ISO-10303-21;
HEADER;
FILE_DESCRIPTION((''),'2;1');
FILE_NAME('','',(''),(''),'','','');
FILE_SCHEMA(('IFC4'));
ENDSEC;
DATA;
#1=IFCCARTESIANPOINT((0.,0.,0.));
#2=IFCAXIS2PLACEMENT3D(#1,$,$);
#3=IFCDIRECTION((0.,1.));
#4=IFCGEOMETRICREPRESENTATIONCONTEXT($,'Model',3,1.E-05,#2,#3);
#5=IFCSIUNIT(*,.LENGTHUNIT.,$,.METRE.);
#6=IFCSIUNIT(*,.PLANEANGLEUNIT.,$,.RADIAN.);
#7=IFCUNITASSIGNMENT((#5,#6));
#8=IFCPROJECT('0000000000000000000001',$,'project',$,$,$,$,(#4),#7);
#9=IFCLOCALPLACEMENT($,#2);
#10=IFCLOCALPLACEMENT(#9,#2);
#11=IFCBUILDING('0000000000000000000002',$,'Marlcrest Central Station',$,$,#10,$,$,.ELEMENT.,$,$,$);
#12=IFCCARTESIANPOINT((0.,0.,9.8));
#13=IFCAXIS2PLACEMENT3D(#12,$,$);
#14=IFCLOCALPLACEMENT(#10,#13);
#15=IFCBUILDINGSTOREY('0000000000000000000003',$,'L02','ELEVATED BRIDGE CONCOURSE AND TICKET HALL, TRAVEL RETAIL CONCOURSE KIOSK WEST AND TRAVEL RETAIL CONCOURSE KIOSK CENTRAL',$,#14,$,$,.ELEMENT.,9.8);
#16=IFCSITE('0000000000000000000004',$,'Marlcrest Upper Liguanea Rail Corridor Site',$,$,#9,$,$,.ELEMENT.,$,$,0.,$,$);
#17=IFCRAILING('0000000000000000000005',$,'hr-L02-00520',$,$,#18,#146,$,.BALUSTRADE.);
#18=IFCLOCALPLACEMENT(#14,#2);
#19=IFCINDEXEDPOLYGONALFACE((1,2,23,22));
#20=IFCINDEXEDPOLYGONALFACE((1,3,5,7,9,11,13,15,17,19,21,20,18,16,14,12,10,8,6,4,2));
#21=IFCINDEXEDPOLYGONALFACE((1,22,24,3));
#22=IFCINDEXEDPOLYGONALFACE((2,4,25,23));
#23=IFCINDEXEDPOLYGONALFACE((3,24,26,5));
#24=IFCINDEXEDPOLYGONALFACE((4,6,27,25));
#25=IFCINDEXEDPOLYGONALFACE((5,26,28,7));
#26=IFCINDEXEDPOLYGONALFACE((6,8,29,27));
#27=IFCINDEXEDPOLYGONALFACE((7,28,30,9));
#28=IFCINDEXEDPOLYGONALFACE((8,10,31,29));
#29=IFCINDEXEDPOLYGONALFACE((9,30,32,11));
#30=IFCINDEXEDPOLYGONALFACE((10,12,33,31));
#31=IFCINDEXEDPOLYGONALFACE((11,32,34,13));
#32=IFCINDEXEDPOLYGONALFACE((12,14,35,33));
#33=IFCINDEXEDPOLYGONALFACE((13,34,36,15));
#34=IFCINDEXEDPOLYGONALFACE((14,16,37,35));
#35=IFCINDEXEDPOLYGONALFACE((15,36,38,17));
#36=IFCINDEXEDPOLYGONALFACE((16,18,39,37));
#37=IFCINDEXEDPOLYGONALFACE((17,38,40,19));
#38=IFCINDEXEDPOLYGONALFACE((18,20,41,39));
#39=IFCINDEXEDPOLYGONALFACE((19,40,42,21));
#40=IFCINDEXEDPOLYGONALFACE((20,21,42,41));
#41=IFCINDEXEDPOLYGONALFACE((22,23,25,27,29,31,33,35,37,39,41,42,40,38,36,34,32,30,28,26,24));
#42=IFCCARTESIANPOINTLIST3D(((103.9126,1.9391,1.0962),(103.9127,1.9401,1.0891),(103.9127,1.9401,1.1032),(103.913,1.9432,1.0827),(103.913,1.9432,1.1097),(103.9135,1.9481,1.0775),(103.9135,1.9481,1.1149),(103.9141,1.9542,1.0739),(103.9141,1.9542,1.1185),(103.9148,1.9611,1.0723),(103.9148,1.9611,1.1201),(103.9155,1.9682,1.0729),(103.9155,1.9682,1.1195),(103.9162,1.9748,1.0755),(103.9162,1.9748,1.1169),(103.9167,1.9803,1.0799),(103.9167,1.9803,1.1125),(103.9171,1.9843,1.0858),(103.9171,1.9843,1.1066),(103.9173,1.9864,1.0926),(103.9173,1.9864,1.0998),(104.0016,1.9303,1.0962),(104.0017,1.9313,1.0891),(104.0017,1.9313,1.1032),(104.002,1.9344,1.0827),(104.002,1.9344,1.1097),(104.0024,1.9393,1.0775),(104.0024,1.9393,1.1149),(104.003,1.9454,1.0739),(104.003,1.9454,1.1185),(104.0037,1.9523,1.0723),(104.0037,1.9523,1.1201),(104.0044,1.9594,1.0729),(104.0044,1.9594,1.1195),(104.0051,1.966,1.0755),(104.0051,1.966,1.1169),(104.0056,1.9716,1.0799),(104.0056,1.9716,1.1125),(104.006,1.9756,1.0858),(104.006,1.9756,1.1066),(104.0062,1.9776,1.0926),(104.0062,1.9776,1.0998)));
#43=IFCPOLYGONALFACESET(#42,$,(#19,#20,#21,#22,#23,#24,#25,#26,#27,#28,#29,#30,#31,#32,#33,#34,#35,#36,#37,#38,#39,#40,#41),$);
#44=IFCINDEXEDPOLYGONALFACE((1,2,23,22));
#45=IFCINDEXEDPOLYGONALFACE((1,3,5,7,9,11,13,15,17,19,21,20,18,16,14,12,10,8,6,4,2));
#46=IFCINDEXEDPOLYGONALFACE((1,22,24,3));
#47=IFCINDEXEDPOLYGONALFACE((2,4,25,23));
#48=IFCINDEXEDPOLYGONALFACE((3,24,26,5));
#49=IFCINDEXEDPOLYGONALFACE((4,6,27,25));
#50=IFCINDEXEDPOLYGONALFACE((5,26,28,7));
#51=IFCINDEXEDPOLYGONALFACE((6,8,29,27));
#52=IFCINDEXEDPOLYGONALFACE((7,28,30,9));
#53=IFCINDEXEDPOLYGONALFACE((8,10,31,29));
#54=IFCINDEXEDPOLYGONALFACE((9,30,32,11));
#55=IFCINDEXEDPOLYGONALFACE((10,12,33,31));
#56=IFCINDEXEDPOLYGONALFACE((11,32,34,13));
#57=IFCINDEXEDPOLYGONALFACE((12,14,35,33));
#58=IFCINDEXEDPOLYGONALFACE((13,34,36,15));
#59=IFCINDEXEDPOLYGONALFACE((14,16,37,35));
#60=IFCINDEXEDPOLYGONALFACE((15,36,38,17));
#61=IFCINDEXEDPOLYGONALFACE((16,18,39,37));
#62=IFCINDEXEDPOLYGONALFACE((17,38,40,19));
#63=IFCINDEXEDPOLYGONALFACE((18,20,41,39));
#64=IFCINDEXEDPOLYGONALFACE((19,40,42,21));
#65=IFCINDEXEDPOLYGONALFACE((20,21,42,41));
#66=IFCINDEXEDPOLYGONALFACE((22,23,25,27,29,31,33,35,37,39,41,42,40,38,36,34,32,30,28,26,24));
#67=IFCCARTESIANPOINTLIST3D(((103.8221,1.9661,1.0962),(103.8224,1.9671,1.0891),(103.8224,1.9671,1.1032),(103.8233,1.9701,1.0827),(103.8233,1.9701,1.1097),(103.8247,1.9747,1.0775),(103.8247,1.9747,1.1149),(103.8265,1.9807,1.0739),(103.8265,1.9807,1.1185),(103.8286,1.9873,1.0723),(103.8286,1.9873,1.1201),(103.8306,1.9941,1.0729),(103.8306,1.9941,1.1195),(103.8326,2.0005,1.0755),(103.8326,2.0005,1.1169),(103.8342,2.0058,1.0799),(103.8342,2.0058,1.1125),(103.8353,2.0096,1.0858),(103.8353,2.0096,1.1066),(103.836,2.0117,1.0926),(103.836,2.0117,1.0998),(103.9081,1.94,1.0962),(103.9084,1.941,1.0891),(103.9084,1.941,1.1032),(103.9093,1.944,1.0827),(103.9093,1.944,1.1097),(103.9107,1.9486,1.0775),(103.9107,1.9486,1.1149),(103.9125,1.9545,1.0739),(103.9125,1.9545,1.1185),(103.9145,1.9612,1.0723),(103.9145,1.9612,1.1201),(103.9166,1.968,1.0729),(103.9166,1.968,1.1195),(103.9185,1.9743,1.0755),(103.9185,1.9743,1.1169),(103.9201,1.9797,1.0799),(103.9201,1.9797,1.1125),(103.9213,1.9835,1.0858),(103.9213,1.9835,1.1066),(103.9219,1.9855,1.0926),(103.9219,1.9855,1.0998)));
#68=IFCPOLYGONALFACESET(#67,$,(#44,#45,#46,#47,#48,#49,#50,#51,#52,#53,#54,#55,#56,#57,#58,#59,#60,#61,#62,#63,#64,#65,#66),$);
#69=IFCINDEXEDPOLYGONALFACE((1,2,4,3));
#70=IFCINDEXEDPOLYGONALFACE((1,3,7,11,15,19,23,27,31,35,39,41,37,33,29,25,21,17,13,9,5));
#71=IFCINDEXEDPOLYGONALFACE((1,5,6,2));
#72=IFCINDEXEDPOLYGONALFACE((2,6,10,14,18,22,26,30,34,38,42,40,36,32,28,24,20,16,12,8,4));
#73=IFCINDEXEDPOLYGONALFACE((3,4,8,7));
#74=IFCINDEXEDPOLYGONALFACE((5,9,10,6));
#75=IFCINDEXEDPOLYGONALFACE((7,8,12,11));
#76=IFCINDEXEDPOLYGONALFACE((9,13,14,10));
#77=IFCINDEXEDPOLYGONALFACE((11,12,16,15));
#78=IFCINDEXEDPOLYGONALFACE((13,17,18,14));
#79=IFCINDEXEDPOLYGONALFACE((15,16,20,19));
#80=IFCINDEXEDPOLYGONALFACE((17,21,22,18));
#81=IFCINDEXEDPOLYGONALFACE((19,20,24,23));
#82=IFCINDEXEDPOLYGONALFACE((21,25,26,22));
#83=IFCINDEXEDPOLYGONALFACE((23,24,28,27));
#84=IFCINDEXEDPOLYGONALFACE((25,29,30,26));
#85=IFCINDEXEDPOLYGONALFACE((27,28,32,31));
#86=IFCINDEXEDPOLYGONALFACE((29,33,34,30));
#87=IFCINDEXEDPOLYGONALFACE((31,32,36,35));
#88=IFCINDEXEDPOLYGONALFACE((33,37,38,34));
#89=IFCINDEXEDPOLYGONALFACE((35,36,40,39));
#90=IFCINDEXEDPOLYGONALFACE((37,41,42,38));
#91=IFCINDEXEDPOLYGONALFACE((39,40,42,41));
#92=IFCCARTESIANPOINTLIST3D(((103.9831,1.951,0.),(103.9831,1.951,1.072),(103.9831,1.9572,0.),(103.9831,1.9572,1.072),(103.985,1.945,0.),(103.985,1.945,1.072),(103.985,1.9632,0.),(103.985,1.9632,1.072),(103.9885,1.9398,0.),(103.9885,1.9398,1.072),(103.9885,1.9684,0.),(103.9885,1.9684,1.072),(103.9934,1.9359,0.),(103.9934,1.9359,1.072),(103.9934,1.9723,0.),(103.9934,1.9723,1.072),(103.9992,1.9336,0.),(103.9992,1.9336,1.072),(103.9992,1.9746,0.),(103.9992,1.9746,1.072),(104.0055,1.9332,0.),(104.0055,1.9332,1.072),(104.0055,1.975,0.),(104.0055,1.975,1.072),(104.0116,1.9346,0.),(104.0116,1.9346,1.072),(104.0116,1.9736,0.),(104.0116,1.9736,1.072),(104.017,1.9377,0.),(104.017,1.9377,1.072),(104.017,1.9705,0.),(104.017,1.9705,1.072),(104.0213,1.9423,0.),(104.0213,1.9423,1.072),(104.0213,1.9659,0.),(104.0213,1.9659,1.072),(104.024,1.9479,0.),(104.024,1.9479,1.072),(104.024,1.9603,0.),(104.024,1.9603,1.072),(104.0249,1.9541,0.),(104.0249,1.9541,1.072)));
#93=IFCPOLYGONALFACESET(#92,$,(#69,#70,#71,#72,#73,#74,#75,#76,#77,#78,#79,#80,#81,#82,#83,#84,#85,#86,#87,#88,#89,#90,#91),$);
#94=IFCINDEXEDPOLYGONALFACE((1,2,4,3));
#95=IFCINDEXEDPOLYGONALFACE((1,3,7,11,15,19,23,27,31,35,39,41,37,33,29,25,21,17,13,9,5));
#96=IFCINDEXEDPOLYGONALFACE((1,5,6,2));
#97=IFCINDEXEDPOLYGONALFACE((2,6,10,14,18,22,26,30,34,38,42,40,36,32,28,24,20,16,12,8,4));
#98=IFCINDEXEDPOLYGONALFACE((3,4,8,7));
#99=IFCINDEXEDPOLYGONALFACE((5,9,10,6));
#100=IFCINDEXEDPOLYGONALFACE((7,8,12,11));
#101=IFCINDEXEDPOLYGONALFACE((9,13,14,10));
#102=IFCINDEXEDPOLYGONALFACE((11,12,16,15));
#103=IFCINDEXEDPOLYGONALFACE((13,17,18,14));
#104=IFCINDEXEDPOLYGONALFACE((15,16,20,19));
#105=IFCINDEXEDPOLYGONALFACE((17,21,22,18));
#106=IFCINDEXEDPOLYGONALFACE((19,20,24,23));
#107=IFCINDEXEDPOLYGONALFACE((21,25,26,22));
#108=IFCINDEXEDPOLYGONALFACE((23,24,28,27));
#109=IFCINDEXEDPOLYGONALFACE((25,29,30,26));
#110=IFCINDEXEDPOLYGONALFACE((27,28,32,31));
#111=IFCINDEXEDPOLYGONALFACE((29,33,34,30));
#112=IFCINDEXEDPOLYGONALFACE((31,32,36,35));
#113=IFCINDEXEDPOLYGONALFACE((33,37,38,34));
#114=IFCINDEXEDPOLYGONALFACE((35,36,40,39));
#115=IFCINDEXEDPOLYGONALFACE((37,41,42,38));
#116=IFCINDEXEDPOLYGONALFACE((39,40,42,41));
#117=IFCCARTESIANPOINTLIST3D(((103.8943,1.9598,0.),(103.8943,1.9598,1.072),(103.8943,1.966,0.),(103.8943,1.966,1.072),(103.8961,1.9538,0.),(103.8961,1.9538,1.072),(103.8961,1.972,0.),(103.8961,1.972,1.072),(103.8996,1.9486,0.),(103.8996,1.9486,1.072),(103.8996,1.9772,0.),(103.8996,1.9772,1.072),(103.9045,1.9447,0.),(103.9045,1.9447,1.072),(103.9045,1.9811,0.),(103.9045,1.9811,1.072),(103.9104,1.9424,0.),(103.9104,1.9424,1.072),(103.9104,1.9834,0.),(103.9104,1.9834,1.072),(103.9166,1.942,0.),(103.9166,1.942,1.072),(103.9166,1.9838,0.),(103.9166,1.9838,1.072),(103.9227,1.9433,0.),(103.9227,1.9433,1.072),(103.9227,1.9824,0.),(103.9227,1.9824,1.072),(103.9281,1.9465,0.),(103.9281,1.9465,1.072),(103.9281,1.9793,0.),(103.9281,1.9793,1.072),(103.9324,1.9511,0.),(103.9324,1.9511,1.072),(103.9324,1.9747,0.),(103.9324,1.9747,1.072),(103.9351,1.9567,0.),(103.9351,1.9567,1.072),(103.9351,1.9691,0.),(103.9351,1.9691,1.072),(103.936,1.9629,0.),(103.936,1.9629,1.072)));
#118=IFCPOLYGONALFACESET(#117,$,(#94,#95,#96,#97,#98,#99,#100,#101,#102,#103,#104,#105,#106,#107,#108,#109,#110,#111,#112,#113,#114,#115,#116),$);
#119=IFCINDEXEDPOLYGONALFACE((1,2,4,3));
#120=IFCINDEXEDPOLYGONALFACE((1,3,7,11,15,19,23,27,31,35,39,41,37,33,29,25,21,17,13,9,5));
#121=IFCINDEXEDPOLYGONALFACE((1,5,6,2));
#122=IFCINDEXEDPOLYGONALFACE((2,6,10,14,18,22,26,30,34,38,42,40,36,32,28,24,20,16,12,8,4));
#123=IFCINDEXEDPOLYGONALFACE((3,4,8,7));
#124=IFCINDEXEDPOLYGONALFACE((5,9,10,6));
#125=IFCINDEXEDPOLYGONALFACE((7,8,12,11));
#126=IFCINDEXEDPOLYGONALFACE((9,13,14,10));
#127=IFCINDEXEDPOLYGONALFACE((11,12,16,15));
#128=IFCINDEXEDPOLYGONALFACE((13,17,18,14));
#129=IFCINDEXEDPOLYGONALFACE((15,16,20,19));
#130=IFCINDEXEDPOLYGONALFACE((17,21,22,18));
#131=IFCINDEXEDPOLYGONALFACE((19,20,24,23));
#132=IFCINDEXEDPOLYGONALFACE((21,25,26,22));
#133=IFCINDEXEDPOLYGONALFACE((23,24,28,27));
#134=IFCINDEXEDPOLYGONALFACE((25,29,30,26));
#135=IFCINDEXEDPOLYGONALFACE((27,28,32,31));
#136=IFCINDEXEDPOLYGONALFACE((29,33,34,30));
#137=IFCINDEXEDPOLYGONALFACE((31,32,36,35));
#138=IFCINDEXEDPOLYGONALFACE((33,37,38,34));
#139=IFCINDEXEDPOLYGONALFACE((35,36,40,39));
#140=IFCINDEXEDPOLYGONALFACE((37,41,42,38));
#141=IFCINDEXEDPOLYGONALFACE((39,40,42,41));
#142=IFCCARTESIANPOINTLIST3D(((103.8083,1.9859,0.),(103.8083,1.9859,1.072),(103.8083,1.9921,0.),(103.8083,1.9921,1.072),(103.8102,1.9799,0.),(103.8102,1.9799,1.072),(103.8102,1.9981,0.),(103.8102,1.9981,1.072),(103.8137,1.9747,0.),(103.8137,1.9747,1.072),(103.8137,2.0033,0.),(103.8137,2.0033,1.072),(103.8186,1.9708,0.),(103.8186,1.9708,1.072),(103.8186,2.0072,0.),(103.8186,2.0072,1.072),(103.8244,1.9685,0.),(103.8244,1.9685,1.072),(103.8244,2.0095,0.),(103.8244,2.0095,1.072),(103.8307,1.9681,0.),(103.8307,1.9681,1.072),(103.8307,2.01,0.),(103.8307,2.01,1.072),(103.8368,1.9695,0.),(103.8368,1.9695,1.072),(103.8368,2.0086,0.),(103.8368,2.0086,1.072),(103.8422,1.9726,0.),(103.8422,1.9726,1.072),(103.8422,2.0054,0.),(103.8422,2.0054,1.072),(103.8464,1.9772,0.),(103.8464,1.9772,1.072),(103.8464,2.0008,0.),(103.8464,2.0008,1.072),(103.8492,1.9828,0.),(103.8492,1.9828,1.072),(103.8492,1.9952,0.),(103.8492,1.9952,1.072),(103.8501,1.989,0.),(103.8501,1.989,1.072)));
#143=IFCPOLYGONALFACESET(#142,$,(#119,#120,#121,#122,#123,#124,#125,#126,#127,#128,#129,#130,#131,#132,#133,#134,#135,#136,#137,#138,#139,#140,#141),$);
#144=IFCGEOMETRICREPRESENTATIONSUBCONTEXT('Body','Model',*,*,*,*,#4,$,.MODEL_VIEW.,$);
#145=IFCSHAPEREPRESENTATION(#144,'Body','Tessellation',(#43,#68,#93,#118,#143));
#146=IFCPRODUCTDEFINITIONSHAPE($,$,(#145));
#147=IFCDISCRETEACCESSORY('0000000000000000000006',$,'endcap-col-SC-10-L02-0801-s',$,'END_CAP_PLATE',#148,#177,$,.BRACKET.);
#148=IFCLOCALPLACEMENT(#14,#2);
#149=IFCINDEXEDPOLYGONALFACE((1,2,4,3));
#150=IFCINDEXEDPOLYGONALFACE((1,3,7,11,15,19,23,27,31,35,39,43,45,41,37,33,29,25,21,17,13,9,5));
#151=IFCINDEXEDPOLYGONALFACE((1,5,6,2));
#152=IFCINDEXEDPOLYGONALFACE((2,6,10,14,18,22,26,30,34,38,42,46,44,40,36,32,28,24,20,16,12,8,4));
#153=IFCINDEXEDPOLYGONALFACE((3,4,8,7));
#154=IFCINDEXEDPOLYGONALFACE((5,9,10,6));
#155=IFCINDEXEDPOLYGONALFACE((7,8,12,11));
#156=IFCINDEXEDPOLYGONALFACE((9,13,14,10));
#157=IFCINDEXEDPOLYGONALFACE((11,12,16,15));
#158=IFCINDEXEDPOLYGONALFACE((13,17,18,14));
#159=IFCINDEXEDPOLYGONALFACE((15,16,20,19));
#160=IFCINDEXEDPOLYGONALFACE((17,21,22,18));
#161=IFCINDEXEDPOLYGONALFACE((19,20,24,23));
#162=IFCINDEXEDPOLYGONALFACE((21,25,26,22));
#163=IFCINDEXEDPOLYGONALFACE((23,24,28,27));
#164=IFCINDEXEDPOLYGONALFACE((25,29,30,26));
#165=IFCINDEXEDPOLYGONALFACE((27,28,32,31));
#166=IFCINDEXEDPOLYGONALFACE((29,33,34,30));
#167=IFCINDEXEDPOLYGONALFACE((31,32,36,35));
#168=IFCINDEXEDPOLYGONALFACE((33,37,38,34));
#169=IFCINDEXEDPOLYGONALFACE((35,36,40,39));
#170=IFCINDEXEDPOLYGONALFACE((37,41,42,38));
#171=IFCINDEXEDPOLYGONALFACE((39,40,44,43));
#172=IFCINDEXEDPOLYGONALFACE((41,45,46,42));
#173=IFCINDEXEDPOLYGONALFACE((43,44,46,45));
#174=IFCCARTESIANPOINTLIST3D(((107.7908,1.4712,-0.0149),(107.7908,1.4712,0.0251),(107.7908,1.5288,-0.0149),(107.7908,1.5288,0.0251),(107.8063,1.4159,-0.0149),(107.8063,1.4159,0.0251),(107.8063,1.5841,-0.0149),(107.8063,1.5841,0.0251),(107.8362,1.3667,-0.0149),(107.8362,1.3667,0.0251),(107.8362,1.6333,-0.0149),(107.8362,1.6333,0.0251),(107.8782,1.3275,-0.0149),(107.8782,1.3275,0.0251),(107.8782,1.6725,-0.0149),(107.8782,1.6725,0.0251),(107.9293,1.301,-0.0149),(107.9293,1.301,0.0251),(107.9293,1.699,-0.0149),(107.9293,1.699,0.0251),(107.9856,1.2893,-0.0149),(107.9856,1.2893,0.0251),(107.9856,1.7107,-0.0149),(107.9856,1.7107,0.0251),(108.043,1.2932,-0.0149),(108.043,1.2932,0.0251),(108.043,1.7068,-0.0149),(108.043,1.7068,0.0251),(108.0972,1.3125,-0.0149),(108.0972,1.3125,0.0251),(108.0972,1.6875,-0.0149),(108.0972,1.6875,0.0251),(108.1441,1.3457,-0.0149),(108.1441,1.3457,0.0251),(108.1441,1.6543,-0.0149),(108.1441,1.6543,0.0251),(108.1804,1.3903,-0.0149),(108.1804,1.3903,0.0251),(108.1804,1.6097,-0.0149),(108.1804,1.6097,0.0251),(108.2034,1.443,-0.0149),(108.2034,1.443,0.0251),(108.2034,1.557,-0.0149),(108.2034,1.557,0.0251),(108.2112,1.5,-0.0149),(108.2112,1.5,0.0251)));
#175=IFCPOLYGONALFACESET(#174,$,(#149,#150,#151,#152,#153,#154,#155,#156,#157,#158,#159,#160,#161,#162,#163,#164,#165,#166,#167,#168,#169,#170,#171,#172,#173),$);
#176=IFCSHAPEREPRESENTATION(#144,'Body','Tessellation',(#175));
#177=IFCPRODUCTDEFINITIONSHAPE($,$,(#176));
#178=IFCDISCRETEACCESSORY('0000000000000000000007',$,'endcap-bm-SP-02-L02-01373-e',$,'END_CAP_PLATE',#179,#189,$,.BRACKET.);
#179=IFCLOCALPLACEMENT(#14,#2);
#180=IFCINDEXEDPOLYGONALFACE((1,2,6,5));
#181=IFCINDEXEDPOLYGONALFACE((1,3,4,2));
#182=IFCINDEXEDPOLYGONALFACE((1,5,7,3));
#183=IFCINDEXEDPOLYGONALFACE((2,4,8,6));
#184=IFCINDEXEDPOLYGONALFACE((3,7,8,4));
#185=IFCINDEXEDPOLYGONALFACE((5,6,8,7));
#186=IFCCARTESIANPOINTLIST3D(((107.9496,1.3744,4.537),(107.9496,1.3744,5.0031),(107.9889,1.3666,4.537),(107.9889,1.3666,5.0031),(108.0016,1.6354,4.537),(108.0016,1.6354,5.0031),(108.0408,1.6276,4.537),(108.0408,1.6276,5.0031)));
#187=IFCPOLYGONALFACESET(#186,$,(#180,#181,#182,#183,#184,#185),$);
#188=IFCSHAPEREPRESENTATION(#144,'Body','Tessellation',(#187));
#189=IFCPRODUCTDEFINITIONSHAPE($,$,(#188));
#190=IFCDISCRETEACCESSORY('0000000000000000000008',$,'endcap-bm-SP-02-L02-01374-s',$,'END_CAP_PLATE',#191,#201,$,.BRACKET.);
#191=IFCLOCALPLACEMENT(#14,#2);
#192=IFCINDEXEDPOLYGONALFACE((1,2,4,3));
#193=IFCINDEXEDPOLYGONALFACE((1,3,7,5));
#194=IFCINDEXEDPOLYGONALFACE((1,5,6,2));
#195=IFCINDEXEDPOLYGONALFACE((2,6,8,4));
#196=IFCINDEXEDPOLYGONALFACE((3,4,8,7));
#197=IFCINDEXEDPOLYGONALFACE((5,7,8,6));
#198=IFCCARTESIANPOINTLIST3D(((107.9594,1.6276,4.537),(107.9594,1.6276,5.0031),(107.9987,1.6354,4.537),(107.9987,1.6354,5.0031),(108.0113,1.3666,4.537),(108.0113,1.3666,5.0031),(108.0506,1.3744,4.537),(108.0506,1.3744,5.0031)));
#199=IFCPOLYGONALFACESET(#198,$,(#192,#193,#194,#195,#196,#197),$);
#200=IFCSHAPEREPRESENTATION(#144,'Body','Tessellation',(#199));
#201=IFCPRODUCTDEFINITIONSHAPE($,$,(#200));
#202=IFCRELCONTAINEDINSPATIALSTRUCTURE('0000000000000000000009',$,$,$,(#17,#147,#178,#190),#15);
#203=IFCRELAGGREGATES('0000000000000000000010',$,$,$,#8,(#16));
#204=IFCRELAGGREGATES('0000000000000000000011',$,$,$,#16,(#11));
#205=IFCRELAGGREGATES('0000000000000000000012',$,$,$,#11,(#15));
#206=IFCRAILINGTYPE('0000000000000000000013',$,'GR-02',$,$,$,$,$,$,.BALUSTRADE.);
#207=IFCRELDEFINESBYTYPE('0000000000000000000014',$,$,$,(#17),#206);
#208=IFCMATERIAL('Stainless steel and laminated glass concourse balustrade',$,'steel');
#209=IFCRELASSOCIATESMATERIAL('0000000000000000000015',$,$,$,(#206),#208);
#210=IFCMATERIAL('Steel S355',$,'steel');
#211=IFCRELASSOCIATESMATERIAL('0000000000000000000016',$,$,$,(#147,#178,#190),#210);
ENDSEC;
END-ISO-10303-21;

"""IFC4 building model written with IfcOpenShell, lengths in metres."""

from ifc_helpers import new_model, si_unit, direction, frame, origin, origin_2d, place, context, subcontext, project, spatial, rectangle, circle, extrude, material, type_object, element, save


model = new_model("IFC4")

# Units and contexts
model_context = context("Model", 3, precision=1e-05, world=origin(), true_north=direction((0.0, 1.0)))
body_context = subcontext(model_context, "Body", "Model", "MODEL_VIEW")
ifc_project = project(units=[si_unit("LENGTHUNIT", "METRE"), si_unit("PLANEANGLEUNIT", "RADIAN")], contexts=[model_context])

# Site, building, storey
site_placement = place(None, origin())
site = spatial("IfcSite", under=ifc_project, at=site_placement, Name="Marlcrest Upper Liguanea Rail Corridor Site", CompositionType="ELEMENT", RefElevation=0.0)
building_placement = place(site_placement, origin())
building = spatial("IfcBuilding", under=site, at=building_placement, Name="Marlcrest Central Station", CompositionType="ELEMENT")
storey_placement = place(building_placement, frame((0.0, 0.0, 9.8)))
storey = spatial("IfcBuildingStorey", under=building, at=storey_placement, Name="L02", Description="ELEVATED BRIDGE CONCOURSE AND TICKET HALL, TRAVEL RETAIL CONCOURSE KIOSK WEST AND TRAVEL RETAIL CONCOURSE KIOSK CENTRAL", CompositionType="ELEMENT", Elevation=9.8)

# Shared definitions
ifc_material_1 = material(Name="Steel S355", Category="steel")

# Railing
ifc_material_2 = material(Name="Stainless steel and laminated glass concourse balustrade", Category="steel")
railing_type = type_object("IfcRailingType", Name="GR-02", PredefinedType="BALUSTRADE", material=ifc_material_2)
railing_placement = place(storey_placement, frame((104.0039, 1.9541, 0.0)))
element("IfcRailing", 1, at=railing_placement, inside=storey, type_object=railing_type, Name="hr-L02-00520", PredefinedType="BALUSTRADE", context=body_context, shape_type="SweptSolid", body=[
    extrude(circle(Radius=0.0239, at=origin_2d()), frame((0.0, 0.0, 1.0962), z_axis=(-0.995145, 0.098421, 0.0), x_axis=(-0.098421, -0.995145, 0.0)), (0.0, 0.0, 1.0), 0.0894),
    extrude(circle(Radius=0.0239, at=origin_2d()), frame((-0.0889, 0.0088, 1.0962), z_axis=(-0.956773, 0.290837, 0.0), x_axis=(-0.290837, -0.956773, 0.0)), (0.0, 0.0, 1.0), 0.0898),
    extrude(circle(Radius=0.021, at=origin_2d()), origin(), (0.0, 0.0, 1.0), 1.072),
    extrude(circle(Radius=0.021, at=origin_2d()), frame((-0.0889, 0.0088, 0.0)), (0.0, 0.0, 1.0), 1.072),
    extrude(circle(Radius=0.021, at=origin_2d()), frame((-0.1748, 0.0349, 0.0)), (0.0, 0.0, 1.0), 1.072),
])

# Discrete accessories
discrete_accessory_placement = place(storey_placement, frame((108.0, 1.5, -0.0149), z_axis=(0.0, 0.0, 1.0), x_axis=(1.0, 0.0, 0.0)))
element("IfcDiscreteAccessory", 2, at=discrete_accessory_placement, inside=storey, material=ifc_material_1, Name="endcap-col-SC-10-L02-0801-s", ObjectType="END_CAP_PLATE", PredefinedType="BRACKET", context=body_context, shape_type="SweptSolid", body=[
    extrude(circle(Radius=0.2112, at=origin_2d()), origin(), (0.0, 0.0, 1.0), 0.04),
])
for number, where, z_axis, x_axis, name in (
    (3, (107.9756, 1.5049, 4.77), (0.980769, -0.195171, 0.0), (0.195171, 0.980769, 0.0), "endcap-bm-SP-02-L02-01373-e"),
    (4, (107.9854, 1.4971, 4.77), (0.980769, 0.195171, 0.0), (-0.195171, 0.980769, 0.0), "endcap-bm-SP-02-L02-01374-s"),
):
    element("IfcDiscreteAccessory", number, at=place(storey_placement, frame(where, z_axis=z_axis, x_axis=x_axis)), inside=storey, material=ifc_material_1, Name=name, ObjectType="END_CAP_PLATE", PredefinedType="BRACKET", context=body_context, shape_type="SweptSolid", body=[
        extrude(rectangle(XDim=0.2661, YDim=0.4661, at=origin_2d()), origin(), (0.0, 0.0, 1.0), 0.04),
    ])

save(model, "model.ifc")
